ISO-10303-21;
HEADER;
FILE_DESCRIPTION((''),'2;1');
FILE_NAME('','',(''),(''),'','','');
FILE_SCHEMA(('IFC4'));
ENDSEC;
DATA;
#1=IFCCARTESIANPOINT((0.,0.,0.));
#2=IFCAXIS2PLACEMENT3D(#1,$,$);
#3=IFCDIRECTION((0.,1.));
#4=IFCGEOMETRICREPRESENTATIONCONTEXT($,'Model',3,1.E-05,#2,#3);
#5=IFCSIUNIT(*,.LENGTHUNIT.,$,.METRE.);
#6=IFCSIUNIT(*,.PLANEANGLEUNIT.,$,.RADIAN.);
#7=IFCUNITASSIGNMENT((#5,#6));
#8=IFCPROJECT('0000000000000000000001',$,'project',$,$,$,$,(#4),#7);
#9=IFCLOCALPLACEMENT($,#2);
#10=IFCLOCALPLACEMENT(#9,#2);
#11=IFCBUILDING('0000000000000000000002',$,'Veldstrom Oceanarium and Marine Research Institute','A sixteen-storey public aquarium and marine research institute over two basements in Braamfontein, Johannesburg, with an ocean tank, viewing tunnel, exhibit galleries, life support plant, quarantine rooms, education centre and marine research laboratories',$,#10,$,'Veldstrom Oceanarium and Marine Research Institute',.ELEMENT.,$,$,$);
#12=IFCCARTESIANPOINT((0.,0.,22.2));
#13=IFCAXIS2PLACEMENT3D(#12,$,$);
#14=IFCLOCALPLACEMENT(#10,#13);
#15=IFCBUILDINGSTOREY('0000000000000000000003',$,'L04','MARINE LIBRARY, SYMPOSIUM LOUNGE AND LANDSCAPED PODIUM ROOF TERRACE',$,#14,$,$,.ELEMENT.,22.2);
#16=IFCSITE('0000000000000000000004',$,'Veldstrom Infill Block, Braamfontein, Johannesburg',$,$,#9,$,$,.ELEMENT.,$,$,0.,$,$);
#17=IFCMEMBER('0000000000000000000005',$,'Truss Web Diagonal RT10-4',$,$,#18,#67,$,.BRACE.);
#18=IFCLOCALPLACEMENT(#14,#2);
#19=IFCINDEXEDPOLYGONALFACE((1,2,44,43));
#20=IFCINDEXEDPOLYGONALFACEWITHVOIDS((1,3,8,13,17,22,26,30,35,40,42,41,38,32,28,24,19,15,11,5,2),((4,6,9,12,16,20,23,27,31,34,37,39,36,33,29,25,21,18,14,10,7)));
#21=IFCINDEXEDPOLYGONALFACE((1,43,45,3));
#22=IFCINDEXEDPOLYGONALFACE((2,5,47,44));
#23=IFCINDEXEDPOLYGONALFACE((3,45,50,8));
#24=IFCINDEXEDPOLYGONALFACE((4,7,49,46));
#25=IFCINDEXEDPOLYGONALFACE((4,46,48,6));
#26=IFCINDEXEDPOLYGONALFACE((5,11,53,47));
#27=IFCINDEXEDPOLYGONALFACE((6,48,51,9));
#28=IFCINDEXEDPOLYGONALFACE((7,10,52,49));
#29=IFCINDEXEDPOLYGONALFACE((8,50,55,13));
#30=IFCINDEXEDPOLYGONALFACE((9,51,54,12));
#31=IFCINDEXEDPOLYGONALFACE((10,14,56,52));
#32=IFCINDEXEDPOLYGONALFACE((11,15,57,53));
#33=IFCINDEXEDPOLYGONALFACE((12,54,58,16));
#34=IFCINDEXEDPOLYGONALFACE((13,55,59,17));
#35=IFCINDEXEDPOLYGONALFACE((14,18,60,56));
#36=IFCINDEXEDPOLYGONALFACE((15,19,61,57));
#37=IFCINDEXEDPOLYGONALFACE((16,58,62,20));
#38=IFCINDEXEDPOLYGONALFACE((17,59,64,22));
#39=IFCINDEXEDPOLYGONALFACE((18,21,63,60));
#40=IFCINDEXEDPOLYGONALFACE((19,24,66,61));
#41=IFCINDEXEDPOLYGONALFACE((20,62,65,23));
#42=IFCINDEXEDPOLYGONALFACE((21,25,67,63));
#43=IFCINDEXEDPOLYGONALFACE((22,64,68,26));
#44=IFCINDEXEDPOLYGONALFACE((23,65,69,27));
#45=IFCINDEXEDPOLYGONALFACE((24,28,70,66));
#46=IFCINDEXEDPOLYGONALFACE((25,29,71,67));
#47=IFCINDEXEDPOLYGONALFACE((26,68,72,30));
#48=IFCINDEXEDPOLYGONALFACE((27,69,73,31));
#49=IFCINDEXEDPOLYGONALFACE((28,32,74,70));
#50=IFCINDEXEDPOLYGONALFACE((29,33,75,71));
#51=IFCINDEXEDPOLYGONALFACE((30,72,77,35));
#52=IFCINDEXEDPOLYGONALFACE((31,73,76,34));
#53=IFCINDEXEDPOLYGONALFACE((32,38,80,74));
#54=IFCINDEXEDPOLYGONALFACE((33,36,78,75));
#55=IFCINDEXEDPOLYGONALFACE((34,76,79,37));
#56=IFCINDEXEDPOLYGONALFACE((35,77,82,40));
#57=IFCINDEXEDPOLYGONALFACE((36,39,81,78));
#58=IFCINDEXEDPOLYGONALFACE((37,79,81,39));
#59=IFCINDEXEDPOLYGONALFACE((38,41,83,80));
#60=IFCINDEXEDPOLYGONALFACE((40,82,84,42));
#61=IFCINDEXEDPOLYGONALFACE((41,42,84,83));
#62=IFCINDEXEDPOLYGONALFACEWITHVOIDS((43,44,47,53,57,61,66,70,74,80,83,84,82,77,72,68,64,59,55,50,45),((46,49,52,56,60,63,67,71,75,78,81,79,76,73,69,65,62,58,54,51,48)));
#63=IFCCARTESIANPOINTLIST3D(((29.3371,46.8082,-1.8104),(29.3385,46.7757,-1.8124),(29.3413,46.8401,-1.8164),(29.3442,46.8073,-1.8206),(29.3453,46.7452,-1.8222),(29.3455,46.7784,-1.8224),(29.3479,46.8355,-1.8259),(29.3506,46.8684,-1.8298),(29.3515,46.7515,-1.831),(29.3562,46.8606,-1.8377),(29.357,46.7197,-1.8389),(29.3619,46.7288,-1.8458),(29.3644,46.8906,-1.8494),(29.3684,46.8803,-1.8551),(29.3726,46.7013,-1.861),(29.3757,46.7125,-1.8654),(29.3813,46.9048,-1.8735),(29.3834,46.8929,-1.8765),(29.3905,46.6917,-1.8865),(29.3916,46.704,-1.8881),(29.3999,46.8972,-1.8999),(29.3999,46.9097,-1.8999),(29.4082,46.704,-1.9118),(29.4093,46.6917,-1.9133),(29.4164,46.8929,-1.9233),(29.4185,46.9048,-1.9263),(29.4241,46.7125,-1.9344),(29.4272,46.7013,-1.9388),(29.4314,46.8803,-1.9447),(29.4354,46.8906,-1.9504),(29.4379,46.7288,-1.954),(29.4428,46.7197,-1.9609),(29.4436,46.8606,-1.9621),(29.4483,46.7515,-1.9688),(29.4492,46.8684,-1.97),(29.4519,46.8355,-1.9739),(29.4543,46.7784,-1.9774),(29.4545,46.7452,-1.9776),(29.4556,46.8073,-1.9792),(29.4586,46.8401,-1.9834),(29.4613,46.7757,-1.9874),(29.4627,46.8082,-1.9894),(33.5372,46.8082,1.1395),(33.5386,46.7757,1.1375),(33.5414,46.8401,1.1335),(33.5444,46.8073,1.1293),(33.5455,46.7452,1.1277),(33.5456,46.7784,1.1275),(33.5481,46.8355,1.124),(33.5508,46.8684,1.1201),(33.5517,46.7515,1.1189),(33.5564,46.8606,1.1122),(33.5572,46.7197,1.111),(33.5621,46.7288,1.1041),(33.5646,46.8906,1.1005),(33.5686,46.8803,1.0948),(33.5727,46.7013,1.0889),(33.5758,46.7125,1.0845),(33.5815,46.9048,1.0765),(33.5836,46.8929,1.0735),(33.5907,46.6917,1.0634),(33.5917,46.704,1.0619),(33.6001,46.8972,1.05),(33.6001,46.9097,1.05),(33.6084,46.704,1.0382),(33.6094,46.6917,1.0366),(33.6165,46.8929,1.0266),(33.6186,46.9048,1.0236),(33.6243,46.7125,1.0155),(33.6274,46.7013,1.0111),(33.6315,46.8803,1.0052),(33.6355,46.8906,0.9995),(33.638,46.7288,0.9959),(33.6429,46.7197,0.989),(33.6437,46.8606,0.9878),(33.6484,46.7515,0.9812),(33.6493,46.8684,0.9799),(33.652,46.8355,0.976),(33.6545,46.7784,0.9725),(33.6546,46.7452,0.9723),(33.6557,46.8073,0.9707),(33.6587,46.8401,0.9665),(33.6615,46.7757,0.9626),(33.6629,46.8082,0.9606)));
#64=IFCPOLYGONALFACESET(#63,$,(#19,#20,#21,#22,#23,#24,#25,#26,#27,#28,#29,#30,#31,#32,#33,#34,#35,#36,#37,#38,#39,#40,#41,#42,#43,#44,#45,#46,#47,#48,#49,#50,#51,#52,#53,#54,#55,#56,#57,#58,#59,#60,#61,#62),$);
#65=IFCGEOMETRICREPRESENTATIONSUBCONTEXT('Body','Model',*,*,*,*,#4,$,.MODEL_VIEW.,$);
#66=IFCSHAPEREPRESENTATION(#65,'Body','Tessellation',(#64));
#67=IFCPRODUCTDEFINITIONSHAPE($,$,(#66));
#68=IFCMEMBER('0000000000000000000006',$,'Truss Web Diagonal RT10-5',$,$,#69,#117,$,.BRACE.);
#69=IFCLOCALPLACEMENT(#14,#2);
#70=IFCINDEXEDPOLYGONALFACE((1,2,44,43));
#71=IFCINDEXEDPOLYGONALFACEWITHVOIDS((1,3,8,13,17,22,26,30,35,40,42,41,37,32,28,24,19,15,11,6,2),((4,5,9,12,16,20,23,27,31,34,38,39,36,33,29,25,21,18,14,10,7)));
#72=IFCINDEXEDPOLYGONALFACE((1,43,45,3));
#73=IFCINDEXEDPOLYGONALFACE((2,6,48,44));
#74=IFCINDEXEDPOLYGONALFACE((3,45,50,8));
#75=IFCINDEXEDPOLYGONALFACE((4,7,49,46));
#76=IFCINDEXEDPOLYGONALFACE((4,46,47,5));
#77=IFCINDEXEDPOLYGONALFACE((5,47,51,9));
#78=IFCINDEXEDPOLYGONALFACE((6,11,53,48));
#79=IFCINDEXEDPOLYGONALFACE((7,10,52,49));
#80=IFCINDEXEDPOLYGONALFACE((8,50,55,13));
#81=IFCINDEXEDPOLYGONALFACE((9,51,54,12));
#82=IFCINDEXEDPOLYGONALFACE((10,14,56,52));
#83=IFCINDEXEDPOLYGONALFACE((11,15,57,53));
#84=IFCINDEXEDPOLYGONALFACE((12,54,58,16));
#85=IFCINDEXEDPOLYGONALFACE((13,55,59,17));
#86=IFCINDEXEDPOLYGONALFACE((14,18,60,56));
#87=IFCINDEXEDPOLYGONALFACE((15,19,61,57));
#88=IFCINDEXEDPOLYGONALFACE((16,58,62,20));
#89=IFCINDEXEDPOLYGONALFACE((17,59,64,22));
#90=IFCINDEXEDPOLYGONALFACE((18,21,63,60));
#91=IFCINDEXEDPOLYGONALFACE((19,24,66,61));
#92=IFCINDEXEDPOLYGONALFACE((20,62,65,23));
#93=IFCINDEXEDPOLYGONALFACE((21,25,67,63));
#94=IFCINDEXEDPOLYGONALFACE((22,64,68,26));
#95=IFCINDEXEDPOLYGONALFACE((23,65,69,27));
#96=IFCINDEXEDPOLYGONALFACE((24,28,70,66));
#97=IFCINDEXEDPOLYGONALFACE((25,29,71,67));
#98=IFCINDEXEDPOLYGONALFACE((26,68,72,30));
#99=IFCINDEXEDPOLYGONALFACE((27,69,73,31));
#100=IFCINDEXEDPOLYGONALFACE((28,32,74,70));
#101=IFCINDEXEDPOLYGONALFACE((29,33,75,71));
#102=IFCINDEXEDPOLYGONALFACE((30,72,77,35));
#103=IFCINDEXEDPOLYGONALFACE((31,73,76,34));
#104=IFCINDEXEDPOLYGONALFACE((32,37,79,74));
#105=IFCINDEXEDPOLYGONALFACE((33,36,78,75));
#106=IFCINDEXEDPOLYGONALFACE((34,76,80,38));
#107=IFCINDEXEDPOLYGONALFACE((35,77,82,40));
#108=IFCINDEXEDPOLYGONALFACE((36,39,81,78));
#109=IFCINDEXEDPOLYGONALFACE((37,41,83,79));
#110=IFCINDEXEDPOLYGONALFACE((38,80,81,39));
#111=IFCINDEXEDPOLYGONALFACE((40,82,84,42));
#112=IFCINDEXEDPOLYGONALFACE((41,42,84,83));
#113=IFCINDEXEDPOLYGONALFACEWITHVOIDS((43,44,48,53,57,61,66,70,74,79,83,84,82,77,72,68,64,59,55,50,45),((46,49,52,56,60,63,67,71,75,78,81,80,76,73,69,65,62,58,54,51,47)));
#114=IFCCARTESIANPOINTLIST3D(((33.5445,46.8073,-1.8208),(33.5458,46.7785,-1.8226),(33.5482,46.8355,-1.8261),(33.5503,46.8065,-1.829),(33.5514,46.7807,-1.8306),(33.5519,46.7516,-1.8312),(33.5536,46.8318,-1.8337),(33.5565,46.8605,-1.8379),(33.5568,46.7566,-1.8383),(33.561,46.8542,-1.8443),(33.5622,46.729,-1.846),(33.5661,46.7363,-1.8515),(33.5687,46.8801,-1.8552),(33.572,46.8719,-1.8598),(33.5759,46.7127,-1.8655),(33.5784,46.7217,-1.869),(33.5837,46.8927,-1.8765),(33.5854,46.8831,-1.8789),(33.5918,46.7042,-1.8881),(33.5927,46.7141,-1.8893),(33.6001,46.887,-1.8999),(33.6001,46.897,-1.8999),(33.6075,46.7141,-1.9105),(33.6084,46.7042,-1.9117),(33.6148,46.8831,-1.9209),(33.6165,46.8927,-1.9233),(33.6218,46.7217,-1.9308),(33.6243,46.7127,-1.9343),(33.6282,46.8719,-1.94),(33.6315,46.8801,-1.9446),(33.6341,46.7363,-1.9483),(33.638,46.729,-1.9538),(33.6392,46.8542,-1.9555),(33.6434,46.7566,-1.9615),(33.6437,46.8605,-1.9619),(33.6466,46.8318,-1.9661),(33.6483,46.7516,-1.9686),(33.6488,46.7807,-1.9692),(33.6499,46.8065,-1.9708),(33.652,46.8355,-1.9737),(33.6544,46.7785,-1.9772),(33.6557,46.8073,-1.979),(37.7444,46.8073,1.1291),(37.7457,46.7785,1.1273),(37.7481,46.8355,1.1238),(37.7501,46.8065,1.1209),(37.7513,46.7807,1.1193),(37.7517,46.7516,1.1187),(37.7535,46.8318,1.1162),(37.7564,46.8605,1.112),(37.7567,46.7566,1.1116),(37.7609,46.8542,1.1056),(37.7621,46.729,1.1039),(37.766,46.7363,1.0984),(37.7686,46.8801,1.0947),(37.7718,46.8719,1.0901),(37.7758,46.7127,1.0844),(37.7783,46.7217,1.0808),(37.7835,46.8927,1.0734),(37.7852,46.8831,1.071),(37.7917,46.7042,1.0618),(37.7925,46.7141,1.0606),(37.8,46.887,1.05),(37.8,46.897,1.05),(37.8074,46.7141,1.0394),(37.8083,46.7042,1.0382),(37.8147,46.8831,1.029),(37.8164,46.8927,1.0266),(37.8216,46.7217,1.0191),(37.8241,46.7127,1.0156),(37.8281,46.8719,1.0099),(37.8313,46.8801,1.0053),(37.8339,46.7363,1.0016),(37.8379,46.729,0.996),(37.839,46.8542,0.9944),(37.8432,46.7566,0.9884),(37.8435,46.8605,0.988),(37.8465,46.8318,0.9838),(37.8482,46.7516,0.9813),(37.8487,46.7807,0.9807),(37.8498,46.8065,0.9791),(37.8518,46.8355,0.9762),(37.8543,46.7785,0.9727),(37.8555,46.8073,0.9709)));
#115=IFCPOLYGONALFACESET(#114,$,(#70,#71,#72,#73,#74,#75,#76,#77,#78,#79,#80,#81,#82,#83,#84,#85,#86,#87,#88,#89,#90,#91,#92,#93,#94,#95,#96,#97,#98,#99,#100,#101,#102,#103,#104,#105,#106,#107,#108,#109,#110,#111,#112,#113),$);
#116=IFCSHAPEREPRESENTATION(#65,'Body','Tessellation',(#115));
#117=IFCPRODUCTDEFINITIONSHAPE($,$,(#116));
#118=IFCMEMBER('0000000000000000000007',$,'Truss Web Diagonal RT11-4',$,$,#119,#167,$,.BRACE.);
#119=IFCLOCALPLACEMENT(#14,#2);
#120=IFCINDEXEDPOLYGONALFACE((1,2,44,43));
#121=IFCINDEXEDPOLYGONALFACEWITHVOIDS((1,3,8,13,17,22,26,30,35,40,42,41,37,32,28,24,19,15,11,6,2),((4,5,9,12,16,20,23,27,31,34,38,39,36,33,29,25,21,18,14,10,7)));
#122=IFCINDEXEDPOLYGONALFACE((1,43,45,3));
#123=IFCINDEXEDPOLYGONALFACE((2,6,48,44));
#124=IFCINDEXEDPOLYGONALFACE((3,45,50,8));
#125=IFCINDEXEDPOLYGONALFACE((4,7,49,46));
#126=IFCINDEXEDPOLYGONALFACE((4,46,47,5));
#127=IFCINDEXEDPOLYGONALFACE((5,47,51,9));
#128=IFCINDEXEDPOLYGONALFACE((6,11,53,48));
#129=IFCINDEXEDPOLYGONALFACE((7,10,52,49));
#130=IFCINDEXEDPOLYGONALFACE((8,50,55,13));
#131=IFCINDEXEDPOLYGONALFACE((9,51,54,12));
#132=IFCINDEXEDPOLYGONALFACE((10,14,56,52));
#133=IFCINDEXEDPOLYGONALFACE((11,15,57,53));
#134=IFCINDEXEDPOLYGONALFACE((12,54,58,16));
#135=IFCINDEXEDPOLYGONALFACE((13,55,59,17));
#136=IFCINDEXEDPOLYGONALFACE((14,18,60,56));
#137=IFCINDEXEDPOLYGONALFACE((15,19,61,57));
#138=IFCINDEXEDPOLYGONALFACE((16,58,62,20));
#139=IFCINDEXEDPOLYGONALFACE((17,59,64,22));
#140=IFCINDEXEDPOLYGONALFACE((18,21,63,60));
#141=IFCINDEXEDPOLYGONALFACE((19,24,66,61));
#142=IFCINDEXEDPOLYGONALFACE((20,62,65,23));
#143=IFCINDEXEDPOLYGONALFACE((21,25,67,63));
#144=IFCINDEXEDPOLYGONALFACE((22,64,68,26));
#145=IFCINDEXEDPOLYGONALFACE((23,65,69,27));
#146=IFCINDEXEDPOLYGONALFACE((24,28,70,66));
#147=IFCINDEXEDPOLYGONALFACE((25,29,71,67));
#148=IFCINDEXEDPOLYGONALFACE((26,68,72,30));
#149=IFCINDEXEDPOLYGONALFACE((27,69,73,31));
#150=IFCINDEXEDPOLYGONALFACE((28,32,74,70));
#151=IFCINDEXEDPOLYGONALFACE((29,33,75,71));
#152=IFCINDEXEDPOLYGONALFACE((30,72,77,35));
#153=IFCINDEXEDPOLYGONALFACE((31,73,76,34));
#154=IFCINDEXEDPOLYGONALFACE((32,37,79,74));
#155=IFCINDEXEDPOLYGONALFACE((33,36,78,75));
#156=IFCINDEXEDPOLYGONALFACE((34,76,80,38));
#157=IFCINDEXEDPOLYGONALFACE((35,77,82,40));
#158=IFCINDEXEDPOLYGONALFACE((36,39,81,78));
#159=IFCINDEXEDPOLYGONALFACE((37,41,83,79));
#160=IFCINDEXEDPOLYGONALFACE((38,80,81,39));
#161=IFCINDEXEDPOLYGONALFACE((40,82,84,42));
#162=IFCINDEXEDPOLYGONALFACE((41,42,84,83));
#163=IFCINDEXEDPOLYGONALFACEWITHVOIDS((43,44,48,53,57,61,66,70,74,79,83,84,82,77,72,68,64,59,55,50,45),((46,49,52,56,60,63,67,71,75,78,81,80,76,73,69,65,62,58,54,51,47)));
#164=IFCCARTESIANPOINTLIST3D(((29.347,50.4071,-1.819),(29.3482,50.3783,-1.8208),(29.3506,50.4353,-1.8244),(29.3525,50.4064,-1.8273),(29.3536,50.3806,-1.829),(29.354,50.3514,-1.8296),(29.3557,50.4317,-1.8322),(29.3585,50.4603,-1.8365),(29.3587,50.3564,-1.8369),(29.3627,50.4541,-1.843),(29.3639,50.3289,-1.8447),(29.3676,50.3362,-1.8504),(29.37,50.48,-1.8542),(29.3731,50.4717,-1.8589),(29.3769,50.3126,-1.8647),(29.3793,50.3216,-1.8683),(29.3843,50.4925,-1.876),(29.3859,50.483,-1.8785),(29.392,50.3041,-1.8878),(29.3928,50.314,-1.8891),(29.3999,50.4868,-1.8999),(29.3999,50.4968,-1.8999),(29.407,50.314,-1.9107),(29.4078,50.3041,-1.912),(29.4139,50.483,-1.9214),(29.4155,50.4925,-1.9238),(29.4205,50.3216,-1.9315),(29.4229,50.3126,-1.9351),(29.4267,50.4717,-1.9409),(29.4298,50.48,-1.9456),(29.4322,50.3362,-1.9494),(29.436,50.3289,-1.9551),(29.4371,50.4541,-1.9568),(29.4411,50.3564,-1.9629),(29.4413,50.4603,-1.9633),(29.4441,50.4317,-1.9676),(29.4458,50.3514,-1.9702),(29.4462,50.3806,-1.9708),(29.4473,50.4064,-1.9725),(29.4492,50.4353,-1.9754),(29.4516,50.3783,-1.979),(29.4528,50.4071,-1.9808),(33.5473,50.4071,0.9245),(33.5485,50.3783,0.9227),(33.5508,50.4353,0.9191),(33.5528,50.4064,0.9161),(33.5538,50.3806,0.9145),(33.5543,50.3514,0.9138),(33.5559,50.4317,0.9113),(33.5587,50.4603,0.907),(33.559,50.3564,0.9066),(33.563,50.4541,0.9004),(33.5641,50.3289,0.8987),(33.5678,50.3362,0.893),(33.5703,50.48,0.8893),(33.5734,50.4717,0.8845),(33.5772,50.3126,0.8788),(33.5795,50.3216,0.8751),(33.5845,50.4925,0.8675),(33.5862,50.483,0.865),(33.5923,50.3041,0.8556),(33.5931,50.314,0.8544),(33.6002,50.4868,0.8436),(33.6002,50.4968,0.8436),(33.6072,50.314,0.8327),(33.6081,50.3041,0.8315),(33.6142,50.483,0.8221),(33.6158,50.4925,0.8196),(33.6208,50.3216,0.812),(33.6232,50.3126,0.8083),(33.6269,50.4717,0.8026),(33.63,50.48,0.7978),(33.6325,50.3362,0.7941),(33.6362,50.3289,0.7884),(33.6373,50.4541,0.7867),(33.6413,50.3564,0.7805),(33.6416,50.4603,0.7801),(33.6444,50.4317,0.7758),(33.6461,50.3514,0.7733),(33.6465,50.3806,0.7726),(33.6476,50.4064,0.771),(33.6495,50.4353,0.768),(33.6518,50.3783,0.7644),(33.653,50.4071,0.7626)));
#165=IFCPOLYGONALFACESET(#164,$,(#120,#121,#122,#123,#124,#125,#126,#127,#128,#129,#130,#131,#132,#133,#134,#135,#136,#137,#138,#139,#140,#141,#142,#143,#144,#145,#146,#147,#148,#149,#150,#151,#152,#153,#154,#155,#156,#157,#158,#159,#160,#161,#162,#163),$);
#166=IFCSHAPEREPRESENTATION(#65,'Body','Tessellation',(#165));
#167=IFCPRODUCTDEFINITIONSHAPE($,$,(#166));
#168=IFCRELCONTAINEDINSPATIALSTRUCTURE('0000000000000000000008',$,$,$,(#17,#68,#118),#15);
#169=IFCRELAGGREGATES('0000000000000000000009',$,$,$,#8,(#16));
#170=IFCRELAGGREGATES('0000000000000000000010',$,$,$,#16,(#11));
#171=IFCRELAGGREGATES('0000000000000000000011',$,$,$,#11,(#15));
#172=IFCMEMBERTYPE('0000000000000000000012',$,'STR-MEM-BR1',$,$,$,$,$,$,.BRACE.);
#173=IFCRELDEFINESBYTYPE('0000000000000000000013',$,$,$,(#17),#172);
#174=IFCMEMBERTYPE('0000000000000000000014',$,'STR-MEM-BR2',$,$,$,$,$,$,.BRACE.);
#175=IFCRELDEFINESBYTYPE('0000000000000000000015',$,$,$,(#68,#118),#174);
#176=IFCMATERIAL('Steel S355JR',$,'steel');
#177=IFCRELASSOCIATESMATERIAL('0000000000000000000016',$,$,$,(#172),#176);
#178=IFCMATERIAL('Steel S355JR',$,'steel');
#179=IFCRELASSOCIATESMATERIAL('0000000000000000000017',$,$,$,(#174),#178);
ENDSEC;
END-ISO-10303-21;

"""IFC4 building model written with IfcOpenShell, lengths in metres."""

from ifc_helpers import new_model, si_unit, direction, frame, origin, origin_2d, place, context, subcontext, project, spatial, hollow_circle, extrude, material, material_profile, profile_set, type_object, element, save


model = new_model("IFC4")

# Units and contexts
model_context = context("Model", 3, precision=1e-05, world=origin(), true_north=direction((0.0, 1.0)))
body_context = subcontext(model_context, "Body", "Model", "MODEL_VIEW")
ifc_project = project(units=[si_unit("LENGTHUNIT", "METRE"), si_unit("PLANEANGLEUNIT", "RADIAN")], contexts=[model_context])

# Site, building, storey
site_placement = place(None, origin())
site = spatial("IfcSite", under=ifc_project, at=site_placement, Name="Veldstrom Infill Block, Braamfontein, Johannesburg", CompositionType="ELEMENT", RefElevation=0.0)
building_placement = place(site_placement, origin())
building = spatial("IfcBuilding", under=site, at=building_placement, Name="Veldstrom Oceanarium and Marine Research Institute", Description="A sixteen-storey public aquarium and marine research institute over two basements in Braamfontein, Johannesburg, with an ocean tank, viewing tunnel, exhibit galleries, life support plant, quarantine rooms, education centre and marine research laboratories", LongName="Veldstrom Oceanarium and Marine Research Institute", CompositionType="ELEMENT")
storey_placement = place(building_placement, frame((0.0, 0.0, 22.2)))
storey = spatial("IfcBuildingStorey", under=building, at=storey_placement, Name="L04", Description="MARINE LIBRARY, SYMPOSIUM LOUNGE AND LANDSCAPED PODIUM ROOF TERRACE", CompositionType="ELEMENT", Elevation=22.2)

# Members
ifc_material_1 = material(Name="Steel S355JR", Category="steel")
ifc_material_profile_1 = material_profile(ifc_material_1, hollow_circle(Radius=0.1096, WallThickness=0.0125, at=origin_2d()), Name="CHS 219.1x12.5")
ifc_profile_set_1 = profile_set([ifc_material_profile_1], Name="Steel S355JR")
member_type_1 = type_object("IfcMemberType", Name="STR-MEM-BR1", PredefinedType="BRACE", material=ifc_profile_set_1)
member_1_placement = place(storey_placement, frame((29.3999, 46.8, -1.8999), z_axis=(0.818333, 0.0, 0.574745), x_axis=(0.0, 1.0, 0.0)))
element("IfcMember", 1, at=member_1_placement, inside=storey, type_object=member_type_1, Name="Truss Web Diagonal RT10-4", PredefinedType="BRACE", context=body_context, shape_type="SweptSolid", body=[
    extrude(hollow_circle(Radius=0.1096, WallThickness=0.0125, at=origin_2d()), origin(), (0.0, 0.0, 1.0), 5.1326),
])
ifc_material_2 = material(Name="Steel S355JR", Category="steel")
ifc_material_profile_2 = material_profile(ifc_material_2, hollow_circle(Radius=0.0969, WallThickness=0.01, at=origin_2d()), Name="CHS 193.7x10")
ifc_profile_set_2 = profile_set([ifc_material_profile_2], Name="Steel S355JR")
member_type_2 = type_object("IfcMemberType", Name="STR-MEM-BR2", PredefinedType="BRACE", material=ifc_profile_set_2)
member_2_placement = place(storey_placement, frame((33.6001, 46.8, -1.8999), z_axis=(0.818317, 0.0, 0.574767), x_axis=(0.0, 1.0, 0.0)))
element("IfcMember", 2, at=member_2_placement, inside=storey, type_object=member_type_2, Name="Truss Web Diagonal RT10-5", PredefinedType="BRACE", context=body_context, shape_type="SweptSolid", body=[
    extrude(hollow_circle(Radius=0.0969, WallThickness=0.01, at=origin_2d()), origin(), (0.0, 0.0, 1.0), 5.1323),
])
member_3_placement = place(storey_placement, frame((29.3999, 50.3999, -1.8999), z_axis=(0.837232, 0.0, 0.546848), x_axis=(0.0, 1.0, 0.0)))
element("IfcMember", 3, at=member_3_placement, inside=storey, type_object=member_type_2, Name="Truss Web Diagonal RT11-4", PredefinedType="BRACE", context=body_context, shape_type="SweptSolid", body=[
    extrude(hollow_circle(Radius=0.0969, WallThickness=0.01, at=origin_2d()), origin(), (0.0, 0.0, 1.0), 5.0168),
])

save(model, "model.ifc")
